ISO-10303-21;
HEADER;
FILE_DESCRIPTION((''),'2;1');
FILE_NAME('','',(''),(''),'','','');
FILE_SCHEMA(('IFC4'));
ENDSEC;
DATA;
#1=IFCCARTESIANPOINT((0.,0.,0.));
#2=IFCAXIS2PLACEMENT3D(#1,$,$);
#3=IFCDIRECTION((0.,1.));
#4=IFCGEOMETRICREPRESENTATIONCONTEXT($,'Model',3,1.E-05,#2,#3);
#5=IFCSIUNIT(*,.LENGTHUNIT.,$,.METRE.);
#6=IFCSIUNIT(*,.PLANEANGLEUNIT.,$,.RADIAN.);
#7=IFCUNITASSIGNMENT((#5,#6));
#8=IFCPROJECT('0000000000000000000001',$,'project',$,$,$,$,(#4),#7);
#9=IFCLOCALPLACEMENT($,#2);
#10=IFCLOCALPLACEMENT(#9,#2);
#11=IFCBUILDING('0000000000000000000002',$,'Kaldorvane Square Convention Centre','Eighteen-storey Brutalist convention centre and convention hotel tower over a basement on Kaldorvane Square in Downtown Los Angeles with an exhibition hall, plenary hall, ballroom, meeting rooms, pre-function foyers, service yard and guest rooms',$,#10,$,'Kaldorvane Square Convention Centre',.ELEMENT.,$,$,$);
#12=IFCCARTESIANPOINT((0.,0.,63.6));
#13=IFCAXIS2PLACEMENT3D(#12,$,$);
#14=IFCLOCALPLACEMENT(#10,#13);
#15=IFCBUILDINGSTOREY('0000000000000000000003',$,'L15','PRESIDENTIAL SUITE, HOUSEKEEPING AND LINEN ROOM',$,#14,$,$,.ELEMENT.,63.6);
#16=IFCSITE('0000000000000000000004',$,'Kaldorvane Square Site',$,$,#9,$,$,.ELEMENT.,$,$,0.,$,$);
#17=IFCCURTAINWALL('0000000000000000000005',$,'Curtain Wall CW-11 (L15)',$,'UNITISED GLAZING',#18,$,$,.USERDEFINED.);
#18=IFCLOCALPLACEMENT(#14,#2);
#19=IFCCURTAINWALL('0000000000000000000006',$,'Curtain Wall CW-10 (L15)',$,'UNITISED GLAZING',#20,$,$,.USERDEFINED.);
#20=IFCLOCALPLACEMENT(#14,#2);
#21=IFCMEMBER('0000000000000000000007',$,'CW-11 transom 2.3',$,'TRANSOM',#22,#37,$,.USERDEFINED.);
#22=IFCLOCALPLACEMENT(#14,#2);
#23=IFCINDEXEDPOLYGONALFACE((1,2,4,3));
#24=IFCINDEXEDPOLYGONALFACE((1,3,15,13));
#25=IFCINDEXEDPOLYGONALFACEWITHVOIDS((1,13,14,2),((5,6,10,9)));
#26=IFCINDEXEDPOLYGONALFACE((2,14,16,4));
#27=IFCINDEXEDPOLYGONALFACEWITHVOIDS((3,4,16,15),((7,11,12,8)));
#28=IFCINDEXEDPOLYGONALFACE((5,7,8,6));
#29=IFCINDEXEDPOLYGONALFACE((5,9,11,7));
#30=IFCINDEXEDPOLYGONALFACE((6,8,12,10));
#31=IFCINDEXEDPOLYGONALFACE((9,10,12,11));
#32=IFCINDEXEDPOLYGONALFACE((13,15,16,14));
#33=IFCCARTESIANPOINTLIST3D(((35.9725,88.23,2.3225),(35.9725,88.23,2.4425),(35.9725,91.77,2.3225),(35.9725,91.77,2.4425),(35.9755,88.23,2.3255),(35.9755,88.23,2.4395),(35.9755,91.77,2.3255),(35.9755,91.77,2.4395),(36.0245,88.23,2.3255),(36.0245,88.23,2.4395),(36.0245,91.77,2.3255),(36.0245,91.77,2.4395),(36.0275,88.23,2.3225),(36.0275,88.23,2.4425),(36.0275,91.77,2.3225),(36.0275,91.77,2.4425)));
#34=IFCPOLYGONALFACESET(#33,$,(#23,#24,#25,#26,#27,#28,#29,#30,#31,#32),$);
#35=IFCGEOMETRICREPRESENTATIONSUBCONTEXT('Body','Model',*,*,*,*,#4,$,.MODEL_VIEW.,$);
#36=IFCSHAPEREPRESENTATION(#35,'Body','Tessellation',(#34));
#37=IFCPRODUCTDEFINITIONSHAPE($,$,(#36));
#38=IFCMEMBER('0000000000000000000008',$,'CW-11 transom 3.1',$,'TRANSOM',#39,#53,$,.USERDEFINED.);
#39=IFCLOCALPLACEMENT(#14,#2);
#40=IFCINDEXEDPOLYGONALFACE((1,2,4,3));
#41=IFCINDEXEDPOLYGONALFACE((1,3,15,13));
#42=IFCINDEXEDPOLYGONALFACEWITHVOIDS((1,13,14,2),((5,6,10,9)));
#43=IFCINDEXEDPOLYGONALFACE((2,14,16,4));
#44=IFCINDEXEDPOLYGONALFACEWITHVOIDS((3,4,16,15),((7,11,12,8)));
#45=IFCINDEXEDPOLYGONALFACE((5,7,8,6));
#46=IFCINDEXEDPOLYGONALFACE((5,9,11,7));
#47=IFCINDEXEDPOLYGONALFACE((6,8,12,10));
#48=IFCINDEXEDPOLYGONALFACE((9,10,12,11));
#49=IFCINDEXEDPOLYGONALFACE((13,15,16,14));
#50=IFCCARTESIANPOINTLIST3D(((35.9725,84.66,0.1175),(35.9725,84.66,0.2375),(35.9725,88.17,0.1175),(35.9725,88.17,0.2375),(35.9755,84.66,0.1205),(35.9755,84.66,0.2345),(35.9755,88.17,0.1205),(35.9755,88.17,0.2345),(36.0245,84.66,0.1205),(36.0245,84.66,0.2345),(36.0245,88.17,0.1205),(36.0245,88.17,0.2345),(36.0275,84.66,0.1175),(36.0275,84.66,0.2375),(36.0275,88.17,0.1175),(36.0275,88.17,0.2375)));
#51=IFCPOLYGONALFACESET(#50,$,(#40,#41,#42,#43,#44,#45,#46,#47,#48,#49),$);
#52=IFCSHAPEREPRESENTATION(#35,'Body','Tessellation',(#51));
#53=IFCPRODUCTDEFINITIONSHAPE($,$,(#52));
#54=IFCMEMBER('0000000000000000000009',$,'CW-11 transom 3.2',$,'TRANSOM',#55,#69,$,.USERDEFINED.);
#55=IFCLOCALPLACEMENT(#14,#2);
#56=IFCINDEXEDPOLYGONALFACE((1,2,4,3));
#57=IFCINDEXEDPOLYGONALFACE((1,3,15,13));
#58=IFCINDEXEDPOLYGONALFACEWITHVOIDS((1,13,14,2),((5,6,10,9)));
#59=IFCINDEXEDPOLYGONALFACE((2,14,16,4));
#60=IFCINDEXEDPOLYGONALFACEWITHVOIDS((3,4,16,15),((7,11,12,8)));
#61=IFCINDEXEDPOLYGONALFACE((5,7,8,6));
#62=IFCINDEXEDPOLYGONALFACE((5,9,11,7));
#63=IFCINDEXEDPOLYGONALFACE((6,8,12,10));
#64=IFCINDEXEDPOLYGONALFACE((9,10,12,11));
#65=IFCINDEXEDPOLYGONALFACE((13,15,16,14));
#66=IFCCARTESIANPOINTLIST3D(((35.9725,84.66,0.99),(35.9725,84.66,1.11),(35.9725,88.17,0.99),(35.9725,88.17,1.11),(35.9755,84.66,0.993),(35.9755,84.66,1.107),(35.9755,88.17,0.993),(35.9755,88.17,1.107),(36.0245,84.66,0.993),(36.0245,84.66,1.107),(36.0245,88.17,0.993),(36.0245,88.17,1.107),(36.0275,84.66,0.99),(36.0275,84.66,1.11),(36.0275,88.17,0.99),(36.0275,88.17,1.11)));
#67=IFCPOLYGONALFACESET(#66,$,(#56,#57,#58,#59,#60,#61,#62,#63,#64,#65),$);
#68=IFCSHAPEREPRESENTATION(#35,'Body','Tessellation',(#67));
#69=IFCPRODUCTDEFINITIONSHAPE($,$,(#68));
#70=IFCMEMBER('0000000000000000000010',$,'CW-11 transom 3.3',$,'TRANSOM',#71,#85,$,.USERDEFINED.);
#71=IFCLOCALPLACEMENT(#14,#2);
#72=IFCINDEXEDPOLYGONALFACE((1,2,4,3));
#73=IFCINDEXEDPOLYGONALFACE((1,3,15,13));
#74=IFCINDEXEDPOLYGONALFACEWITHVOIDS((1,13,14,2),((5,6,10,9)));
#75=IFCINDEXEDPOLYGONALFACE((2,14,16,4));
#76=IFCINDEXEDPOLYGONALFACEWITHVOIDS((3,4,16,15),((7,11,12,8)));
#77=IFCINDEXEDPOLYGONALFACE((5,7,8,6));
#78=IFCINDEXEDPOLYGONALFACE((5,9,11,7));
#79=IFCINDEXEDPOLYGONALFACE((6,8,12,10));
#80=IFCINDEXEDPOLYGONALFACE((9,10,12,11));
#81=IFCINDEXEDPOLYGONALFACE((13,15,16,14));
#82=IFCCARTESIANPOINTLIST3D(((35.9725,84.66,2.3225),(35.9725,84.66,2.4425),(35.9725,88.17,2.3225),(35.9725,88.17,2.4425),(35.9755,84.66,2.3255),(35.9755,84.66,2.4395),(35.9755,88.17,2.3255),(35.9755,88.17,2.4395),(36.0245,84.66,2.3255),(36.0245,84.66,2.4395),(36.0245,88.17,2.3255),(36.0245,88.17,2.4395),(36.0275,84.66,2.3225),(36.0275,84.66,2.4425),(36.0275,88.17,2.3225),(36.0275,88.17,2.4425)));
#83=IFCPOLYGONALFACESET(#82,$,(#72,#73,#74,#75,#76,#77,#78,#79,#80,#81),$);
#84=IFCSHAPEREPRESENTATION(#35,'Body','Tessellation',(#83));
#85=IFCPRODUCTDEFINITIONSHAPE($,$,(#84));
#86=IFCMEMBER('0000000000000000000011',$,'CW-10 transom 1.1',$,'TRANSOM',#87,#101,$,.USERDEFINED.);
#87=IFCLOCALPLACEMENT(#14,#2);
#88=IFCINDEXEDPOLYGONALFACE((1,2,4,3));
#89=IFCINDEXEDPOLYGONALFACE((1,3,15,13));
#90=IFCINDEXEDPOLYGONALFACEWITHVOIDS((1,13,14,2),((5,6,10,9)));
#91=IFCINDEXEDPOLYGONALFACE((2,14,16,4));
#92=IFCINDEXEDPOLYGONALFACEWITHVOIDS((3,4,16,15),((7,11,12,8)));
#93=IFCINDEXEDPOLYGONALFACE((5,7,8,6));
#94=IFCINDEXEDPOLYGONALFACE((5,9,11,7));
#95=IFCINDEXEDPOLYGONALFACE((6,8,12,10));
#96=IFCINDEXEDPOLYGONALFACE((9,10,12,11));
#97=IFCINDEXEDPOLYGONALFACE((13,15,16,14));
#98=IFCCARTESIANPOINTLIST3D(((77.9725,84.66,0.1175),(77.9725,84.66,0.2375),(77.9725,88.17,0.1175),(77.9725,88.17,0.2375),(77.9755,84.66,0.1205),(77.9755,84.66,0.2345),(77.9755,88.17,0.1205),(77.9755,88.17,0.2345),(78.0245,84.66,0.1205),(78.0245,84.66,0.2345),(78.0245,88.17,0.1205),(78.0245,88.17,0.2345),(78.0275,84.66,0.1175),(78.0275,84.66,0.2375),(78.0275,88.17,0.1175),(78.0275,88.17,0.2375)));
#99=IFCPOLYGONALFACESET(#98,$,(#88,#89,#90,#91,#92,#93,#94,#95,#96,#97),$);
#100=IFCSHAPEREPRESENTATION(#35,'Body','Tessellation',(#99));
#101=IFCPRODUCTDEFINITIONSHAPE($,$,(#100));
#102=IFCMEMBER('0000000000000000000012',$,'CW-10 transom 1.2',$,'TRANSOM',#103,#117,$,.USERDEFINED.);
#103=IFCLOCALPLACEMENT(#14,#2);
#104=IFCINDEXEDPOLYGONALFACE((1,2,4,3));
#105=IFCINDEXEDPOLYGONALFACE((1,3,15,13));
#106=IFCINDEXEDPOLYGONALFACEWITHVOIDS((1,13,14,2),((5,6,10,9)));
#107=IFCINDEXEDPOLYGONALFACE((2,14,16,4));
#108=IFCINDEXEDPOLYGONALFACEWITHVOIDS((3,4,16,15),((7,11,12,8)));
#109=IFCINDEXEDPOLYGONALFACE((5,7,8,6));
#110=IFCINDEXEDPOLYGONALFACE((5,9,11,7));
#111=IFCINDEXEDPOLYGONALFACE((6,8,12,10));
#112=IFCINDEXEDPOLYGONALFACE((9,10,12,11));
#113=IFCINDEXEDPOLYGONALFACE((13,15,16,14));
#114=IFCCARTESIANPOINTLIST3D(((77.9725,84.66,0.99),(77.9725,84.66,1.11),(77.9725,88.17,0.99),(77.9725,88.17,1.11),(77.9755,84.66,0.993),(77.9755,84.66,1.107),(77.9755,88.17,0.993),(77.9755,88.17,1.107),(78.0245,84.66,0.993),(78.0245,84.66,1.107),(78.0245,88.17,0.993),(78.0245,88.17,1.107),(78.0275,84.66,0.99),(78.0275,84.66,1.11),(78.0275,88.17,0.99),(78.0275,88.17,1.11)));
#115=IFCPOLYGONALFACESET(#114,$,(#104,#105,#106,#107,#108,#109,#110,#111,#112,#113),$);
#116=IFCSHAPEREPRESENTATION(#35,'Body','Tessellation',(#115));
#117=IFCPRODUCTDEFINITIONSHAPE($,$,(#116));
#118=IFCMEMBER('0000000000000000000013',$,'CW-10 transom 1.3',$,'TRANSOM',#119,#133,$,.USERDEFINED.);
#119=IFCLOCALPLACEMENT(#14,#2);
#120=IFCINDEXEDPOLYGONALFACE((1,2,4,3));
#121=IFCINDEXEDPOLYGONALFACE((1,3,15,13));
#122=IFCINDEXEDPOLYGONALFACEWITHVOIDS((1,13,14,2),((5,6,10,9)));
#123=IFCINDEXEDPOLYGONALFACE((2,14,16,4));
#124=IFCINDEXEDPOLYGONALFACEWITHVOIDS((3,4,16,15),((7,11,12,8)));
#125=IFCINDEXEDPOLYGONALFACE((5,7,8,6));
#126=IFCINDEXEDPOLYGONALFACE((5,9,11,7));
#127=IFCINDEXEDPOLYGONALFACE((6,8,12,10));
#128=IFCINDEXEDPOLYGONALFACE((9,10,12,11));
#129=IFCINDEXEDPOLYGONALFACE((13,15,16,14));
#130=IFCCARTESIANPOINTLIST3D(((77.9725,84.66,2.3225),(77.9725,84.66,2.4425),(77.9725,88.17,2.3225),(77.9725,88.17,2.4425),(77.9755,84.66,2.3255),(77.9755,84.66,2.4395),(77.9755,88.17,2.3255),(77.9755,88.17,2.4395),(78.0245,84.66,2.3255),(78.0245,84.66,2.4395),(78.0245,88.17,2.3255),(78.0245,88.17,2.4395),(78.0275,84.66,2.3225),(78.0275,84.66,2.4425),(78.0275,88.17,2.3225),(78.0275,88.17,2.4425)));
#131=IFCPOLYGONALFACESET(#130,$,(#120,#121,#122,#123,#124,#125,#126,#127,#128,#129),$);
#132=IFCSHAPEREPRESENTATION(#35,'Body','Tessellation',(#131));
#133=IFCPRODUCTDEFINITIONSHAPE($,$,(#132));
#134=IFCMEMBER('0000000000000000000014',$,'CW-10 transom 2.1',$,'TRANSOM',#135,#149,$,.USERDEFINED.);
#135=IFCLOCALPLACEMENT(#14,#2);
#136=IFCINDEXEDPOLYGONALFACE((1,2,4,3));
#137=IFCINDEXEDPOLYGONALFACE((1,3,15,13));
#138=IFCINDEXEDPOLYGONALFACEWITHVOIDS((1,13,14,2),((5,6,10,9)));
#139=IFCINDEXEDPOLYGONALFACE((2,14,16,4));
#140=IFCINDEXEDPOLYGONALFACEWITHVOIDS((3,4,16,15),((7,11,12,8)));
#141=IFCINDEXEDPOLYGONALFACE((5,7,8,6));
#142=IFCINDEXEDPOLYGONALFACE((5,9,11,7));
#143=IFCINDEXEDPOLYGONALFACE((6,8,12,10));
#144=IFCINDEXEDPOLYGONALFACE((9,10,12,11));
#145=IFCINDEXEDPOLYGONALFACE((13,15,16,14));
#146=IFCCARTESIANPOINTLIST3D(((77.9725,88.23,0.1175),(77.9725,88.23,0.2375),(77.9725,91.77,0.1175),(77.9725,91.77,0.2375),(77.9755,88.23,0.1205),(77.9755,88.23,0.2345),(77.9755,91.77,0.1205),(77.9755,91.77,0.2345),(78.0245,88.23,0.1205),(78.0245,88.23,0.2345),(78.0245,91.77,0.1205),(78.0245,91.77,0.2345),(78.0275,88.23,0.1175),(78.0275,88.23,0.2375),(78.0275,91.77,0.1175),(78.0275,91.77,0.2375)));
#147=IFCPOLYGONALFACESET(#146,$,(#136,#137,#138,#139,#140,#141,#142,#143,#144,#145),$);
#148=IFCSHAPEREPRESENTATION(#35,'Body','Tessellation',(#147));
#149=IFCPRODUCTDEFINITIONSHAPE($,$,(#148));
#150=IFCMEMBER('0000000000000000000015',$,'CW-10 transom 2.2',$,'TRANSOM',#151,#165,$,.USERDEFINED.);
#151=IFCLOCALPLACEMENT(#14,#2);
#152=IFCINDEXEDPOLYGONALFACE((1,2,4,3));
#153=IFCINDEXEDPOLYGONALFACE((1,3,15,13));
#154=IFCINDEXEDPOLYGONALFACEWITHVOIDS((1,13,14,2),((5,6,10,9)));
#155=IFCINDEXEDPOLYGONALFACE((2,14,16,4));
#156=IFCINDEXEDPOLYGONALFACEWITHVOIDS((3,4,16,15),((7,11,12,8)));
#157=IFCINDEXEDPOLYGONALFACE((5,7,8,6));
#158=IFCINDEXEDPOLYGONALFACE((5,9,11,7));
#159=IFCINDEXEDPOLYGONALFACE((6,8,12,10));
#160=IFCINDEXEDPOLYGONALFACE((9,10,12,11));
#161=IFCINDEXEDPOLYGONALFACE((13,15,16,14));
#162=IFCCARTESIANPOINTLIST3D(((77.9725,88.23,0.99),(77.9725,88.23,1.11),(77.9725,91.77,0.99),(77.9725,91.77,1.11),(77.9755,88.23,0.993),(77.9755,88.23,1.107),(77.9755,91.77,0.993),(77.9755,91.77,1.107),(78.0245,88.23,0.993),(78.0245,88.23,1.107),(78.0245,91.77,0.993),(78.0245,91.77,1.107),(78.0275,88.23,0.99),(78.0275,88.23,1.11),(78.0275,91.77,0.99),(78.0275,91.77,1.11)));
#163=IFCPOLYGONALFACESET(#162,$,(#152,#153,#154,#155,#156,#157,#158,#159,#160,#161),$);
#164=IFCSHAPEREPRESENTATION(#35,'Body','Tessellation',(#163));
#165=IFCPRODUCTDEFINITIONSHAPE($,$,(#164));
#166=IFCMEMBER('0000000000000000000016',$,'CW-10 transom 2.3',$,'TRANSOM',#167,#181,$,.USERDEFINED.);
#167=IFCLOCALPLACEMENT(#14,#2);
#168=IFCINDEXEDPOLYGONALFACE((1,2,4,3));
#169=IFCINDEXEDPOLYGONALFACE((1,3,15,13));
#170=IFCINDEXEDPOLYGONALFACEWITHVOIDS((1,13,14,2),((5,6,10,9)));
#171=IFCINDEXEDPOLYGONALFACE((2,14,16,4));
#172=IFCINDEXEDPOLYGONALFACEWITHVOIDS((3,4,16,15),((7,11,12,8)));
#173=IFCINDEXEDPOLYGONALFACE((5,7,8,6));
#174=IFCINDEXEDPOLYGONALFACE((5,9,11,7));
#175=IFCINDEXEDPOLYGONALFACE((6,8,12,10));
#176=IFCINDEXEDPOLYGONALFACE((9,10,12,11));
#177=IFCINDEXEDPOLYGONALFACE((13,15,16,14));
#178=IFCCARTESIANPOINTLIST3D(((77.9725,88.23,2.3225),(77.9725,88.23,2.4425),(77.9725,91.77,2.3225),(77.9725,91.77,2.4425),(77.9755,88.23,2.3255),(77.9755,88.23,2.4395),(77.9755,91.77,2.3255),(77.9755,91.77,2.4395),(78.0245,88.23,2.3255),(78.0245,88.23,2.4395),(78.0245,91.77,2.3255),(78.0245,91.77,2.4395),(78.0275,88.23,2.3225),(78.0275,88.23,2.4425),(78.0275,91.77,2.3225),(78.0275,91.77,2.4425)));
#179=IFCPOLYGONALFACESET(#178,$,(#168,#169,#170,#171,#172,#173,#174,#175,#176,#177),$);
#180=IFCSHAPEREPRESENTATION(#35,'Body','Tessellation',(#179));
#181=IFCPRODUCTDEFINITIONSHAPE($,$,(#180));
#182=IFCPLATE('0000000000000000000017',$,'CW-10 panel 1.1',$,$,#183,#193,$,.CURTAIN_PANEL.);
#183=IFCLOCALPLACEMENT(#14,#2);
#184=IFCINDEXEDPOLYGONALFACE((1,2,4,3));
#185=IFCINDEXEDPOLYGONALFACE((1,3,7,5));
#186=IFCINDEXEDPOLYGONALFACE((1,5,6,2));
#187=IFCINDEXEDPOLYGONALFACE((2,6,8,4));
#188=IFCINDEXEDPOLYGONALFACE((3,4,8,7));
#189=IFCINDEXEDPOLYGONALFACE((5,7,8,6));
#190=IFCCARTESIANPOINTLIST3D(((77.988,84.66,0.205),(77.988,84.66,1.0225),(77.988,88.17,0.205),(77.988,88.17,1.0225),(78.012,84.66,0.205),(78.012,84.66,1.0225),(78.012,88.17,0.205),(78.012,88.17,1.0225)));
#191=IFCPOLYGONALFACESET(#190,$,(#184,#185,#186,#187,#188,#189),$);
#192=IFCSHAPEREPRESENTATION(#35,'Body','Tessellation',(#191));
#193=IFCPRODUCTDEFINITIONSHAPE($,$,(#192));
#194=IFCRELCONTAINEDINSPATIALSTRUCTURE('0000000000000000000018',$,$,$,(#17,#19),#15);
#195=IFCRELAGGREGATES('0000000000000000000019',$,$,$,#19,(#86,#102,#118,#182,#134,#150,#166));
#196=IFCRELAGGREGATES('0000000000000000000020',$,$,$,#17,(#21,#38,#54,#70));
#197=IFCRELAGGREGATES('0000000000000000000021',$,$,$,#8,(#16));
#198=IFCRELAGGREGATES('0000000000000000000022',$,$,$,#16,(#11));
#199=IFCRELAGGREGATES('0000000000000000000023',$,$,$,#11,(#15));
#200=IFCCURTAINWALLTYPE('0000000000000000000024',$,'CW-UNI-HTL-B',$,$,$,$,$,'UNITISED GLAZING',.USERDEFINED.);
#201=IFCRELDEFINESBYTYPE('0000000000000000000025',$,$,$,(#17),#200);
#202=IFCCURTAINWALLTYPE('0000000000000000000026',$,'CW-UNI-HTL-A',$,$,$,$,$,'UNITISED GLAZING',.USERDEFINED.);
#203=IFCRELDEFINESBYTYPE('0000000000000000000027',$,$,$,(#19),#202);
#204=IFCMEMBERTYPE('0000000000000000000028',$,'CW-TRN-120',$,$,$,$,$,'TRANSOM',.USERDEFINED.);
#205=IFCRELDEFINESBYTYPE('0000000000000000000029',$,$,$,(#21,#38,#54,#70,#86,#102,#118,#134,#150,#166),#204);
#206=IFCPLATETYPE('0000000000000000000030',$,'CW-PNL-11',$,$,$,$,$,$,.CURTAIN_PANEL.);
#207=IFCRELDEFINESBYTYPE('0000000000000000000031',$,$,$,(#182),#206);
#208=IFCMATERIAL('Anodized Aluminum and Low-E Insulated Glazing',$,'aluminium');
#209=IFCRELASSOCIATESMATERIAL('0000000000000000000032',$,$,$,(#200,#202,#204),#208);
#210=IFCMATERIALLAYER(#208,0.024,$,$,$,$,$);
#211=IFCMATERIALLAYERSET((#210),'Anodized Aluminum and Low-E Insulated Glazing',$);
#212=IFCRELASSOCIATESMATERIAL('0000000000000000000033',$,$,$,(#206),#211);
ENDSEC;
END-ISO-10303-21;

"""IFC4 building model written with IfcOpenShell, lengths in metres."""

from ifc_helpers import new_model, si_unit, direction, frame, origin, origin_2d, place, context, subcontext, project, spatial, rectangle, hollow_rectangle, extrude, material, layer, layer_set, material_profile, profile_set, type_object, element, aggregate, save


model = new_model("IFC4")

# Units and contexts
model_context = context("Model", 3, precision=1e-05, world=origin(), true_north=direction((0.0, 1.0)))
body_context = subcontext(model_context, "Body", "Model", "MODEL_VIEW")
ifc_project = project(units=[si_unit("LENGTHUNIT", "METRE"), si_unit("PLANEANGLEUNIT", "RADIAN")], contexts=[model_context])

# Site, building, storey
site_placement = place(None, origin())
site = spatial("IfcSite", under=ifc_project, at=site_placement, Name="Kaldorvane Square Site", CompositionType="ELEMENT", RefElevation=0.0)
building_placement = place(site_placement, origin())
building = spatial("IfcBuilding", under=site, at=building_placement, Name="Kaldorvane Square Convention Centre", Description="Eighteen-storey Brutalist convention centre and convention hotel tower over a basement on Kaldorvane Square in Downtown Los Angeles with an exhibition hall, plenary hall, ballroom, meeting rooms, pre-function foyers, service yard and guest rooms", LongName="Kaldorvane Square Convention Centre", CompositionType="ELEMENT")
storey_placement = place(building_placement, frame((0.0, 0.0, 63.6)))
storey = spatial("IfcBuildingStorey", under=building, at=storey_placement, Name="L15", Description="PRESIDENTIAL SUITE, HOUSEKEEPING AND LINEN ROOM", CompositionType="ELEMENT", Elevation=63.6)

# Curtain walls
ifc_material_1 = material(Name="Anodized Aluminum and Low-E Insulated Glazing", Category="aluminium")
curtain_wall_type_1 = type_object("IfcCurtainWallType", Name="CW-UNI-HTL-B", ElementType="UNITISED GLAZING", PredefinedType="USERDEFINED", material=ifc_material_1)
curtain_wall_1_placement = place(storey_placement, origin())
curtain_wall_1 = element("IfcCurtainWall", 1, at=curtain_wall_1_placement, inside=storey, type_object=curtain_wall_type_1, Name="Curtain Wall CW-11 (L15)", ObjectType="UNITISED GLAZING", PredefinedType="USERDEFINED")
curtain_wall_type_2 = type_object("IfcCurtainWallType", Name="CW-UNI-HTL-A", ElementType="UNITISED GLAZING", PredefinedType="USERDEFINED", material=ifc_material_1)
curtain_wall_2_placement = place(storey_placement, origin())
curtain_wall_2 = element("IfcCurtainWall", 2, at=curtain_wall_2_placement, inside=storey, type_object=curtain_wall_type_2, Name="Curtain Wall CW-10 (L15)", ObjectType="UNITISED GLAZING", PredefinedType="USERDEFINED")

# Members
ifc_material_profile_1 = material_profile(ifc_material_1, hollow_rectangle(XDim=0.055, YDim=0.12, WallThickness=0.003, at=origin_2d()), Name="CWT-120X55")
ifc_profile_set_1 = profile_set([ifc_material_profile_1], Name="Anodized Aluminum and Low-E Insulated Glazing")
member_type_1 = type_object("IfcMemberType", Name="CW-TRN-120", ElementType="TRANSOM", PredefinedType="USERDEFINED", material=ifc_profile_set_1)
member_1_placement = place(storey_placement, frame((36.0, 91.77, 2.3825), z_axis=(0.0, -1.0, 0.0), x_axis=(1.0, 0.0, 0.0)))
member_1 = element("IfcMember", 3, at=member_1_placement, type_object=member_type_1, Name="CW-11 transom 2.3", ObjectType="TRANSOM", PredefinedType="USERDEFINED", context=body_context, shape_type="SweptSolid", body=[
    extrude(hollow_rectangle(XDim=0.055, YDim=0.12, WallThickness=0.003, at=origin_2d()), origin(), (0.0, 0.0, 1.0), 3.54),
])
member_2_placement = place(storey_placement, frame((36.0, 88.17, 0.1775), z_axis=(0.0, -1.0, 0.0), x_axis=(1.0, 0.0, 0.0)))
member_2 = element("IfcMember", 4, at=member_2_placement, type_object=member_type_1, Name="CW-11 transom 3.1", ObjectType="TRANSOM", PredefinedType="USERDEFINED", context=body_context, shape_type="SweptSolid", body=[
    extrude(hollow_rectangle(XDim=0.055, YDim=0.12, WallThickness=0.003, at=origin_2d()), origin(), (0.0, 0.0, 1.0), 3.51),
])
member_3_placement = place(storey_placement, frame((36.0, 88.17, 1.05), z_axis=(0.0, -1.0, 0.0), x_axis=(1.0, 0.0, 0.0)))
member_3 = element("IfcMember", 5, at=member_3_placement, type_object=member_type_1, Name="CW-11 transom 3.2", ObjectType="TRANSOM", PredefinedType="USERDEFINED", context=body_context, shape_type="SweptSolid", body=[
    extrude(hollow_rectangle(XDim=0.055, YDim=0.12, WallThickness=0.003, at=origin_2d()), origin(), (0.0, 0.0, 1.0), 3.51),
])
member_4_placement = place(storey_placement, frame((36.0, 88.17, 2.3825), z_axis=(0.0, -1.0, 0.0), x_axis=(1.0, 0.0, 0.0)))
member_4 = element("IfcMember", 6, at=member_4_placement, type_object=member_type_1, Name="CW-11 transom 3.3", ObjectType="TRANSOM", PredefinedType="USERDEFINED", context=body_context, shape_type="SweptSolid", body=[
    extrude(hollow_rectangle(XDim=0.055, YDim=0.12, WallThickness=0.003, at=origin_2d()), origin(), (0.0, 0.0, 1.0), 3.51),
])
member_5_placement = place(storey_placement, frame((78.0, 84.66, 0.1775), z_axis=(0.0, 1.0, 0.0), x_axis=(-1.0, 0.0, 0.0)))
member_5 = element("IfcMember", 7, at=member_5_placement, type_object=member_type_1, Name="CW-10 transom 1.1", ObjectType="TRANSOM", PredefinedType="USERDEFINED", context=body_context, shape_type="SweptSolid", body=[
    extrude(hollow_rectangle(XDim=0.055, YDim=0.12, WallThickness=0.003, at=origin_2d()), origin(), (0.0, 0.0, 1.0), 3.51),
])
member_6_placement = place(storey_placement, frame((78.0, 84.66, 1.05), z_axis=(0.0, 1.0, 0.0), x_axis=(-1.0, 0.0, 0.0)))
member_6 = element("IfcMember", 8, at=member_6_placement, type_object=member_type_1, Name="CW-10 transom 1.2", ObjectType="TRANSOM", PredefinedType="USERDEFINED", context=body_context, shape_type="SweptSolid", body=[
    extrude(hollow_rectangle(XDim=0.055, YDim=0.12, WallThickness=0.003, at=origin_2d()), origin(), (0.0, 0.0, 1.0), 3.51),
])
member_7_placement = place(storey_placement, frame((78.0, 84.66, 2.3825), z_axis=(0.0, 1.0, 0.0), x_axis=(-1.0, 0.0, 0.0)))
member_7 = element("IfcMember", 9, at=member_7_placement, type_object=member_type_1, Name="CW-10 transom 1.3", ObjectType="TRANSOM", PredefinedType="USERDEFINED", context=body_context, shape_type="SweptSolid", body=[
    extrude(hollow_rectangle(XDim=0.055, YDim=0.12, WallThickness=0.003, at=origin_2d()), origin(), (0.0, 0.0, 1.0), 3.51),
])
member_8_placement = place(storey_placement, frame((78.0, 88.23, 0.1775), z_axis=(0.0, 1.0, 0.0), x_axis=(-1.0, 0.0, 0.0)))
member_8 = element("IfcMember", 10, at=member_8_placement, type_object=member_type_1, Name="CW-10 transom 2.1", ObjectType="TRANSOM", PredefinedType="USERDEFINED", context=body_context, shape_type="SweptSolid", body=[
    extrude(hollow_rectangle(XDim=0.055, YDim=0.12, WallThickness=0.003, at=origin_2d()), origin(), (0.0, 0.0, 1.0), 3.54),
])
member_9_placement = place(storey_placement, frame((78.0, 88.23, 1.05), z_axis=(0.0, 1.0, 0.0), x_axis=(-1.0, 0.0, 0.0)))
member_9 = element("IfcMember", 11, at=member_9_placement, type_object=member_type_1, Name="CW-10 transom 2.2", ObjectType="TRANSOM", PredefinedType="USERDEFINED", context=body_context, shape_type="SweptSolid", body=[
    extrude(hollow_rectangle(XDim=0.055, YDim=0.12, WallThickness=0.003, at=origin_2d()), origin(), (0.0, 0.0, 1.0), 3.54),
])
member_10_placement = place(storey_placement, frame((78.0, 88.23, 2.3825), z_axis=(0.0, 1.0, 0.0), x_axis=(-1.0, 0.0, 0.0)))
member_10 = element("IfcMember", 12, at=member_10_placement, type_object=member_type_1, Name="CW-10 transom 2.3", ObjectType="TRANSOM", PredefinedType="USERDEFINED", context=body_context, shape_type="SweptSolid", body=[
    extrude(hollow_rectangle(XDim=0.055, YDim=0.12, WallThickness=0.003, at=origin_2d()), origin(), (0.0, 0.0, 1.0), 3.54),
])

# Plate
ifc_layer_1 = layer(ifc_material_1, 0.024)
ifc_layer_set_1 = layer_set([ifc_layer_1], Name="Anodized Aluminum and Low-E Insulated Glazing")
plate_type_1 = type_object("IfcPlateType", Name="CW-PNL-11", PredefinedType="CURTAIN_PANEL", material=ifc_layer_set_1)
plate_1_placement = place(storey_placement, frame((78.0, 86.415, 0.205), z_axis=(0.0, 0.0, 1.0), x_axis=(0.0, 1.0, 0.0)))
plate_1 = element("IfcPlate", 13, at=plate_1_placement, type_object=plate_type_1, Name="CW-10 panel 1.1", PredefinedType="CURTAIN_PANEL", context=body_context, shape_type="SweptSolid", body=[
    extrude(rectangle(XDim=3.51, YDim=0.024, at=origin_2d()), origin(), (0.0, 0.0, 1.0), 0.8175),
])
aggregate(curtain_wall_2, [member_5, member_6, member_7, plate_1, member_8, member_9, member_10])
aggregate(curtain_wall_1, [member_1, member_2, member_3, member_4])

save(model, "model.ifc")
